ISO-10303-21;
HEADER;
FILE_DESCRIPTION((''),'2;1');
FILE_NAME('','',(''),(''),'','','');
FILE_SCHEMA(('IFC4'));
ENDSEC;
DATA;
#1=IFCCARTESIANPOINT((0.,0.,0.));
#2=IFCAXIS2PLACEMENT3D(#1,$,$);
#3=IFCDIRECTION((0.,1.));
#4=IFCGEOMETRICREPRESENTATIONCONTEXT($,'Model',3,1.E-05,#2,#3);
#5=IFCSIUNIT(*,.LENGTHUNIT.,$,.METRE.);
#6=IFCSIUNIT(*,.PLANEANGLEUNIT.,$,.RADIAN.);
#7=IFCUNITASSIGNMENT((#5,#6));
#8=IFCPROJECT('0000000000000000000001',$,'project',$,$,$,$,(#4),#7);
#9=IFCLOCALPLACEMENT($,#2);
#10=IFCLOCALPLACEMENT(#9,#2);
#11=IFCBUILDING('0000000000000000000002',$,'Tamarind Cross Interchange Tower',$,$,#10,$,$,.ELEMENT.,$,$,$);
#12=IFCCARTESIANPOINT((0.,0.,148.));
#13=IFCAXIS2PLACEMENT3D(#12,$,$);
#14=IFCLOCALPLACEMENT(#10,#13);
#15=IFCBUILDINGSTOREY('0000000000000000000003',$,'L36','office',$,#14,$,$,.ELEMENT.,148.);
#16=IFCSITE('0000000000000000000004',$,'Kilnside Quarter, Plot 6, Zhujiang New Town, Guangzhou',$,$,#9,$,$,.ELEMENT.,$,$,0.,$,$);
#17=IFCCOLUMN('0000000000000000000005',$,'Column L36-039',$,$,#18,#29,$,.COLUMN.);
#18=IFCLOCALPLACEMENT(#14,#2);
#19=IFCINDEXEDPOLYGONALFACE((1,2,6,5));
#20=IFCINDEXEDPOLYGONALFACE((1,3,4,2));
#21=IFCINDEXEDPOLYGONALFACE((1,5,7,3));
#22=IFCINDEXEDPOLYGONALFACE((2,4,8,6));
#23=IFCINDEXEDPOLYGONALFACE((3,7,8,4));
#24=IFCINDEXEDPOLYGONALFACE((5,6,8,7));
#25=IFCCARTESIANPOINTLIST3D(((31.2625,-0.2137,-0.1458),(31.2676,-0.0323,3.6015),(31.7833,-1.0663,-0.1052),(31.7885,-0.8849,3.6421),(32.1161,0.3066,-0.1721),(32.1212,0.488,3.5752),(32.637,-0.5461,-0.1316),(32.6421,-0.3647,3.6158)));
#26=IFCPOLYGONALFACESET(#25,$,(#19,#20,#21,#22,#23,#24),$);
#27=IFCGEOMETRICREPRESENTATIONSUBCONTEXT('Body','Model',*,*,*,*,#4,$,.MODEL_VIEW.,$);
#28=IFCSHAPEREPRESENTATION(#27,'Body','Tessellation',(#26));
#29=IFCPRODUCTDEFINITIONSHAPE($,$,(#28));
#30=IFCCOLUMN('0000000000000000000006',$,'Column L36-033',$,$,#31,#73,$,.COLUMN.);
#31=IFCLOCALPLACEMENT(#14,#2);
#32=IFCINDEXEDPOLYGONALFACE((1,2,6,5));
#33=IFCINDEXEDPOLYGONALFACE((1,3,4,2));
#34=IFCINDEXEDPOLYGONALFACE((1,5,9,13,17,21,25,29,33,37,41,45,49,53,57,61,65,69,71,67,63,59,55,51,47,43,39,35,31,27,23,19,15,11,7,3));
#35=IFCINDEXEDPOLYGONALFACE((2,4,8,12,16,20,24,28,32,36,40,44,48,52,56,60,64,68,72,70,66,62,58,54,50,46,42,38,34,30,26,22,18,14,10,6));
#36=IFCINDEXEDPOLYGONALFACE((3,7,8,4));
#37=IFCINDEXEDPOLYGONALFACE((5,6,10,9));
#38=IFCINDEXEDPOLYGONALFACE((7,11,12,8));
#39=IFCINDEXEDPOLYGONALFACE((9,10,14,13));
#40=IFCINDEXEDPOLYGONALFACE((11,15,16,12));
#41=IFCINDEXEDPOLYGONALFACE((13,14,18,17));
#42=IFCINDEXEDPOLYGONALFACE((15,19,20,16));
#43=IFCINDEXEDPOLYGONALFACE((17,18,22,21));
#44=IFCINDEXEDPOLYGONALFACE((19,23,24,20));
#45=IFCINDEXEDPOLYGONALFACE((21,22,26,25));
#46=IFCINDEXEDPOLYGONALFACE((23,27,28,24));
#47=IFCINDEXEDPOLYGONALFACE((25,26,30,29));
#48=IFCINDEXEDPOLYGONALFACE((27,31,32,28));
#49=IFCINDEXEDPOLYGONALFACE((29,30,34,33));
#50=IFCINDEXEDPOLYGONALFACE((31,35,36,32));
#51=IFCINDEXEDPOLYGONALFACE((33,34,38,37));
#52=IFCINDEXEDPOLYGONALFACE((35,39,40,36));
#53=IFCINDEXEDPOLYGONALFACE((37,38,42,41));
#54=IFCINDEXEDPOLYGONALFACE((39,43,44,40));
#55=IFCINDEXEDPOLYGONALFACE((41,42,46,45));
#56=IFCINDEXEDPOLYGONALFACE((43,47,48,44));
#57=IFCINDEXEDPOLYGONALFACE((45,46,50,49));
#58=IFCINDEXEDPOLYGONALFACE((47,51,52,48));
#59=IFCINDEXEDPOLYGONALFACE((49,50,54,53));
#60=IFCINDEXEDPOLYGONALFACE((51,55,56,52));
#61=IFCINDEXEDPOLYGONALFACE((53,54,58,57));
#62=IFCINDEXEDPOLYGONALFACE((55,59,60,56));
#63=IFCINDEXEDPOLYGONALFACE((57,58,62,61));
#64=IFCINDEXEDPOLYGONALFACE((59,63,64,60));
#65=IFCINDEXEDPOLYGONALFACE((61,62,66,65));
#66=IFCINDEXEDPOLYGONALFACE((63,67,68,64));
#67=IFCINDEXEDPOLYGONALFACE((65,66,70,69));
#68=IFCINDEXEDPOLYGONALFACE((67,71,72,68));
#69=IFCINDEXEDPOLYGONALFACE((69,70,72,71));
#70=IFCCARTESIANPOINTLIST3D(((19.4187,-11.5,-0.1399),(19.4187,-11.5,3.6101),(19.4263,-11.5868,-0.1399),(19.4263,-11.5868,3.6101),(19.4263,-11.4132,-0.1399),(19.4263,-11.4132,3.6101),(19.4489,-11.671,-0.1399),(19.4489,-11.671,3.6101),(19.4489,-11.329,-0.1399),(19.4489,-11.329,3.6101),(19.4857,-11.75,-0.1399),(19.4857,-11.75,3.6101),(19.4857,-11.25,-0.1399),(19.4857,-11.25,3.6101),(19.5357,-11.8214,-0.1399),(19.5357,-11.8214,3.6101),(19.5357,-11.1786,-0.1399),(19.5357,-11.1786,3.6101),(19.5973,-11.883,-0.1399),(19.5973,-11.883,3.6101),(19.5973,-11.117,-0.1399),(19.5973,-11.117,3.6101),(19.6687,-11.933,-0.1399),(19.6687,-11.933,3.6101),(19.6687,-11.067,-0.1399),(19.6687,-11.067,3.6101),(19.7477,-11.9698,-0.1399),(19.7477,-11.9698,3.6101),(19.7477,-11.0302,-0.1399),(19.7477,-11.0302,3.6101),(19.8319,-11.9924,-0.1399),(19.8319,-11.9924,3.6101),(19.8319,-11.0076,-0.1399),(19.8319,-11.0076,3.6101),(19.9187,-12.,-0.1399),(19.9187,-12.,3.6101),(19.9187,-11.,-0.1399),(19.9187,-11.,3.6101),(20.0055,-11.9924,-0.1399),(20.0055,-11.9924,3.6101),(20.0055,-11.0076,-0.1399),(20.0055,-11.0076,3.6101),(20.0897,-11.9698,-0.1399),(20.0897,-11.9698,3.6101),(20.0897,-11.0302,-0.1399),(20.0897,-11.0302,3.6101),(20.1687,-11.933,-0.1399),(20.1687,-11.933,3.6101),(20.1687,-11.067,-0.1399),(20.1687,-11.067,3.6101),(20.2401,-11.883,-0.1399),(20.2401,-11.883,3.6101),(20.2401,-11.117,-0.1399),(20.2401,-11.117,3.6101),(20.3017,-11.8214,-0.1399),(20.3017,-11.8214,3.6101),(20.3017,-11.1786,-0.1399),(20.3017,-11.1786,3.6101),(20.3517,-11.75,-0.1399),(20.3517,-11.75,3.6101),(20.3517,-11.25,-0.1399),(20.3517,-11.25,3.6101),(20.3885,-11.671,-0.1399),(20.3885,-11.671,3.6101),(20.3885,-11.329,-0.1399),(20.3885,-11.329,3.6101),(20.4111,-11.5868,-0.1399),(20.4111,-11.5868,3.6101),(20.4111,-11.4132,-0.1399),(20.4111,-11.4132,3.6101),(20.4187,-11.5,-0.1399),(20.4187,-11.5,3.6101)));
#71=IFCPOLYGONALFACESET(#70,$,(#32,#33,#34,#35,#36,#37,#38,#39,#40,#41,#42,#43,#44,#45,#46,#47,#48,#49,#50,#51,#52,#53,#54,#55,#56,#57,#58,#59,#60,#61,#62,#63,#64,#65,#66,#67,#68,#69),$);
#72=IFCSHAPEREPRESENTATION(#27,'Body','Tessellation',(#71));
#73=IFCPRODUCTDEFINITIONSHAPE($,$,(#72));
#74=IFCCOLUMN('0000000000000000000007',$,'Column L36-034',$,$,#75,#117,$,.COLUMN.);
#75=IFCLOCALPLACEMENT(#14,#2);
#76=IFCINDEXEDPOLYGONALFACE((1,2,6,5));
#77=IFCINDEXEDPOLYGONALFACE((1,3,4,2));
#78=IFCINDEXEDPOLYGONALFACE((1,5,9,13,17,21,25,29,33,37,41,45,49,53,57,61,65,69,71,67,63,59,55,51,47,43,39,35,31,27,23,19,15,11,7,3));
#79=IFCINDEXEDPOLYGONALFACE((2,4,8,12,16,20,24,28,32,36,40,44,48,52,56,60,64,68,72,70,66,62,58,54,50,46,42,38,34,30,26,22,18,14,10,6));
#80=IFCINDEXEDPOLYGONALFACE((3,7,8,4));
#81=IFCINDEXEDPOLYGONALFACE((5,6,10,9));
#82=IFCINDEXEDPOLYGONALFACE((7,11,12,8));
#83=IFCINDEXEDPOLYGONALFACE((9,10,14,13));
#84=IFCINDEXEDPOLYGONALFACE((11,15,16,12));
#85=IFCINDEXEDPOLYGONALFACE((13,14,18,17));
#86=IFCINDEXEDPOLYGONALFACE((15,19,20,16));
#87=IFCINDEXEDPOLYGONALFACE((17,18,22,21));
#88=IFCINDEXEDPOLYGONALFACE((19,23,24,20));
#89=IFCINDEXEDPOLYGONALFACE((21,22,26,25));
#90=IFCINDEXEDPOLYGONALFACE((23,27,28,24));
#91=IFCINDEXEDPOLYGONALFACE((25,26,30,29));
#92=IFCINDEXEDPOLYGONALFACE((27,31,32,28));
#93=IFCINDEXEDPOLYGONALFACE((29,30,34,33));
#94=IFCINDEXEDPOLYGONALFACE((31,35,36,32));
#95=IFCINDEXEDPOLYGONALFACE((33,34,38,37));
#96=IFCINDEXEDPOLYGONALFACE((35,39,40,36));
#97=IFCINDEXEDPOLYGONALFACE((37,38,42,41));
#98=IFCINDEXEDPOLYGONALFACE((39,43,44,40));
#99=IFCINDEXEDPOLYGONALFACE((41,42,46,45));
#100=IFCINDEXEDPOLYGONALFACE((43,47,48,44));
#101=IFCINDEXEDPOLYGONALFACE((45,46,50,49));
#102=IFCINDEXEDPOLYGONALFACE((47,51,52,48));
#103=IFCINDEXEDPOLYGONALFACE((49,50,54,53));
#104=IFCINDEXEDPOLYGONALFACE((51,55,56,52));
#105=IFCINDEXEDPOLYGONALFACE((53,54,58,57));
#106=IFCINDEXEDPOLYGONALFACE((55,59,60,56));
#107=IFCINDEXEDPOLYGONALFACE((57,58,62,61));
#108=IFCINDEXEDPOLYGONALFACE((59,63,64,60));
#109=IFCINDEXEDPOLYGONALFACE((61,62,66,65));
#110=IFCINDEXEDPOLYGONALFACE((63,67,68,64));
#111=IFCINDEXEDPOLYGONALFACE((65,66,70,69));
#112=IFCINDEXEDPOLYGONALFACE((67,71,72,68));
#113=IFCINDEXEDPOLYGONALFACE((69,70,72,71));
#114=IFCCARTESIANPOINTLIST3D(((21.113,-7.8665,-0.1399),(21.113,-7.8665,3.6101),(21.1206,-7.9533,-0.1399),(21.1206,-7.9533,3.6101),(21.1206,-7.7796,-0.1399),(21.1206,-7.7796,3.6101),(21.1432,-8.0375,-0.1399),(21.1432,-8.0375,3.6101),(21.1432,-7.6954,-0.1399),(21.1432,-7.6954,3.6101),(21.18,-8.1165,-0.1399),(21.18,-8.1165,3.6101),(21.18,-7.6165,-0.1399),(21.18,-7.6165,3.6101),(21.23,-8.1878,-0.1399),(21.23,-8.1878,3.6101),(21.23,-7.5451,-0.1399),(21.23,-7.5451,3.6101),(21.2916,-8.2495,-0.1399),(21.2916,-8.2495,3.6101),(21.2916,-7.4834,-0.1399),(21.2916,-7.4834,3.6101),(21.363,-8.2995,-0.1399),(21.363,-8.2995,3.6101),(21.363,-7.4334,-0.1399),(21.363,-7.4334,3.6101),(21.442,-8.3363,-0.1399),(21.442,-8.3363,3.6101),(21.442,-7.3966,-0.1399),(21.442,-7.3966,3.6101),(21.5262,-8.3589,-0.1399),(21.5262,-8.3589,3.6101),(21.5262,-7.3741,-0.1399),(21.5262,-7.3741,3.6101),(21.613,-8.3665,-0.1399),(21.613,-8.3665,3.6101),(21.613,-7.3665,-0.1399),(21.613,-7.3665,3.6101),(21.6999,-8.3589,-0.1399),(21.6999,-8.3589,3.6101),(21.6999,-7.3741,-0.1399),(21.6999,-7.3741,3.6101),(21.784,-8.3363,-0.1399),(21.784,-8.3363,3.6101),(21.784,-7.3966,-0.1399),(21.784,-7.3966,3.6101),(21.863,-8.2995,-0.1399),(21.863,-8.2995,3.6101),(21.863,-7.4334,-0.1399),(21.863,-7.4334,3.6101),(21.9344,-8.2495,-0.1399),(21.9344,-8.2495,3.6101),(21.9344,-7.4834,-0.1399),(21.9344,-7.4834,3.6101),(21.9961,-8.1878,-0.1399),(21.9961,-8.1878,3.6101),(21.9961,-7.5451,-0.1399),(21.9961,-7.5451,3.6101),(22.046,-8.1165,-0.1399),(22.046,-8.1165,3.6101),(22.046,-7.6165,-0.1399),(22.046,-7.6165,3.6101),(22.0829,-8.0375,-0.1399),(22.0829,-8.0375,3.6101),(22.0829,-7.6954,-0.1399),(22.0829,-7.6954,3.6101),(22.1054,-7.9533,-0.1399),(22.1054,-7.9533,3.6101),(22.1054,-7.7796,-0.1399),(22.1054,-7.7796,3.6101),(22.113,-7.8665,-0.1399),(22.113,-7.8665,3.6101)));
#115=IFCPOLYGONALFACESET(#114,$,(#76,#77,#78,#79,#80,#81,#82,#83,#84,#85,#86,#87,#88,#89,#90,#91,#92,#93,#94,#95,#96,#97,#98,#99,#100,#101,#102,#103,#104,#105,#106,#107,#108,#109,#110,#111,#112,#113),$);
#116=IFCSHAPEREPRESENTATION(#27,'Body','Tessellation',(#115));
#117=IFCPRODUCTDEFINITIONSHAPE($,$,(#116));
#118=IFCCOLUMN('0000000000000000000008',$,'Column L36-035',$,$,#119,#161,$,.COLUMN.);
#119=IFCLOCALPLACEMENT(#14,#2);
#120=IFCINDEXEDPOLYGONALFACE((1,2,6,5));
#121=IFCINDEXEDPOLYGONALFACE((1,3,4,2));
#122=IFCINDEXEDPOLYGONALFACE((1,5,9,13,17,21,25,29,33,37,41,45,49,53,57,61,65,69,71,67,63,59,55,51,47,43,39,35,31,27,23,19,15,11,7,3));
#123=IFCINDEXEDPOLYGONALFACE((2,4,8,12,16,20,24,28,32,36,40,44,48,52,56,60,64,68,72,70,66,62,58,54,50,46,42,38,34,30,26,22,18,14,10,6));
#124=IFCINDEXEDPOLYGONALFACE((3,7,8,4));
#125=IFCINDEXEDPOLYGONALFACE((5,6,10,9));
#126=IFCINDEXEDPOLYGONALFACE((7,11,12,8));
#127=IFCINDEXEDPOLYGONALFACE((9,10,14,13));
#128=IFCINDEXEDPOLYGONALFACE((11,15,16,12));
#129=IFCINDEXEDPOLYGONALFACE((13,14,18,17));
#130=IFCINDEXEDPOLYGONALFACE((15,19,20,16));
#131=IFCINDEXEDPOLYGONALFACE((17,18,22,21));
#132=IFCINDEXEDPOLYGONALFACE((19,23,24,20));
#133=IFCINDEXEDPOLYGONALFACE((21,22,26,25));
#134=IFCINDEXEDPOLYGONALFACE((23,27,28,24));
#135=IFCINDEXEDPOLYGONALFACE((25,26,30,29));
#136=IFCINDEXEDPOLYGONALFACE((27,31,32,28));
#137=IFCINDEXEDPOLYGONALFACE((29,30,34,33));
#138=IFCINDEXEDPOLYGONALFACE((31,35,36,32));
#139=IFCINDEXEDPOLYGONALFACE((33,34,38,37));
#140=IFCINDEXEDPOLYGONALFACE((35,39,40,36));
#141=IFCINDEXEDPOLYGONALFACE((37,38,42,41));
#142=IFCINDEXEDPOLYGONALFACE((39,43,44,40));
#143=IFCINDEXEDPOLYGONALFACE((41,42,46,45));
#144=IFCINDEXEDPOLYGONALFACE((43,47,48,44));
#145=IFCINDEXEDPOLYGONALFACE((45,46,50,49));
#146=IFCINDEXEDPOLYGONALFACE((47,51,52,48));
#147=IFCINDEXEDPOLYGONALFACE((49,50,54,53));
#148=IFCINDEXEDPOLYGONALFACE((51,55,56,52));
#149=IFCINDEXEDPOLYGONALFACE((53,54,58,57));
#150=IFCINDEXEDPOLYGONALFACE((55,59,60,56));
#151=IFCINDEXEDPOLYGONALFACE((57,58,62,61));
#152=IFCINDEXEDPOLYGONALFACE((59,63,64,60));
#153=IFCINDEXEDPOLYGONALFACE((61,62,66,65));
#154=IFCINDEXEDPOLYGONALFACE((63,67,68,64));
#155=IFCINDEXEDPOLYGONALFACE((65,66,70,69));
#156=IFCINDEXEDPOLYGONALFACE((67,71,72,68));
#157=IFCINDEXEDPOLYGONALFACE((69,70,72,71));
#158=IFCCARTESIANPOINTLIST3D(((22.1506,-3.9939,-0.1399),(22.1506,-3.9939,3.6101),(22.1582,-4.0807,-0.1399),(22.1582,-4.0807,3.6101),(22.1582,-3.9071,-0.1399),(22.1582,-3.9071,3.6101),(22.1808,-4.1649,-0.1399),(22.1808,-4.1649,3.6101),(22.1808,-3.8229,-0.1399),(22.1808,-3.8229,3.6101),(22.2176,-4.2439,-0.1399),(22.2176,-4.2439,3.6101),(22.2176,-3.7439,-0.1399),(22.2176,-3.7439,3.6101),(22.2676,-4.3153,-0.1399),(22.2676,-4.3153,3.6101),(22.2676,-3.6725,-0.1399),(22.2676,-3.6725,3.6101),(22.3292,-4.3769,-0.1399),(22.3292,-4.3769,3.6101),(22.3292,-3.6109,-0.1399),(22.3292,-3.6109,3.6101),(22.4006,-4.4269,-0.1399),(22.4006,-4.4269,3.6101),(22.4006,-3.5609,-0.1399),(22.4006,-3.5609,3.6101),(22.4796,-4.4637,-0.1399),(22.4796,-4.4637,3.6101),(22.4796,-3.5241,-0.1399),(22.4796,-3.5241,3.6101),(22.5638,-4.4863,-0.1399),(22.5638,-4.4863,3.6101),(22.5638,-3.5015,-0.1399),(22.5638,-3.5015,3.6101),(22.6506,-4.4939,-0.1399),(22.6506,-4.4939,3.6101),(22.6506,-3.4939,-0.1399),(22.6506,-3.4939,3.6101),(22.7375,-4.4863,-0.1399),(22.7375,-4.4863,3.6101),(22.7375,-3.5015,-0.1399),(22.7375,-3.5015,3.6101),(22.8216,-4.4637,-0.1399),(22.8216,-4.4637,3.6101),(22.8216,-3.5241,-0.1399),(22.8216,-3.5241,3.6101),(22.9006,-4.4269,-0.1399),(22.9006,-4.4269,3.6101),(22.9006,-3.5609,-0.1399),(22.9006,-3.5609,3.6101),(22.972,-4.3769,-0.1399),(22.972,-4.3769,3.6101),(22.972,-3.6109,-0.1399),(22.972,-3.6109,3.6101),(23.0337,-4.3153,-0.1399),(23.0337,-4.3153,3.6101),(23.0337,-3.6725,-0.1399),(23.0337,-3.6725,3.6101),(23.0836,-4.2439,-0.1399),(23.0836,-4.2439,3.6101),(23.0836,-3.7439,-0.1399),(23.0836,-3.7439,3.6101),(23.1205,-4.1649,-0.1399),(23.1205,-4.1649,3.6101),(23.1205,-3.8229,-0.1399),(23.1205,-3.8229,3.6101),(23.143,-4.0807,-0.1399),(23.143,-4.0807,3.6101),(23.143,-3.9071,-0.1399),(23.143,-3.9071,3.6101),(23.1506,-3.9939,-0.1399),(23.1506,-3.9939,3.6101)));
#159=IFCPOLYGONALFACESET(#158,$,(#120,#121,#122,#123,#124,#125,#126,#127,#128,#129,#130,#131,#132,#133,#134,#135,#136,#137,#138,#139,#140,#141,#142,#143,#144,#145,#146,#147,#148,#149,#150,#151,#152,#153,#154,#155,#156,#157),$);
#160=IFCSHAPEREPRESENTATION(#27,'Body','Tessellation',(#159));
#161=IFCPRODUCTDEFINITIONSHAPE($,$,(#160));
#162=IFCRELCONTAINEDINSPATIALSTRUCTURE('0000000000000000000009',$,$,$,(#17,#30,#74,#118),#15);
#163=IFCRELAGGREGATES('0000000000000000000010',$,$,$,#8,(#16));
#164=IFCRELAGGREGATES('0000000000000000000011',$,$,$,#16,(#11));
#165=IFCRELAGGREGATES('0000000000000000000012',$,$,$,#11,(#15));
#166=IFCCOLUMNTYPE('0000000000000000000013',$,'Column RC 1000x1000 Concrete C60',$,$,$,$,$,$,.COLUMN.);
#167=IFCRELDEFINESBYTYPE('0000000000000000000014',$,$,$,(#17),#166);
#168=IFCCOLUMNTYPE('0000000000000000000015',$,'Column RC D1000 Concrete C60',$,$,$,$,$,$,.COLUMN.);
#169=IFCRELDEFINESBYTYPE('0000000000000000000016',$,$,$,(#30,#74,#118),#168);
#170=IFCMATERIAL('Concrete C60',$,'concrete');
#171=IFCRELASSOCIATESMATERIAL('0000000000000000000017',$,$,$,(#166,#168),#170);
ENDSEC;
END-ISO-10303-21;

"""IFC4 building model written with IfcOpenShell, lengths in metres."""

from ifc_helpers import new_model, si_unit, direction, frame, origin, origin_2d, place, context, subcontext, project, spatial, rectangle, circle, extrude, material, material_profile, profile_set, type_object, element, save


model = new_model("IFC4")

# Units and contexts
model_context = context("Model", 3, precision=1e-05, world=origin(), true_north=direction((0.0, 1.0)))
body_context = subcontext(model_context, "Body", "Model", "MODEL_VIEW")
ifc_project = project(units=[si_unit("LENGTHUNIT", "METRE"), si_unit("PLANEANGLEUNIT", "RADIAN")], contexts=[model_context])

# Site, building, storey
site_placement = place(None, origin())
site = spatial("IfcSite", under=ifc_project, at=site_placement, Name="Kilnside Quarter, Plot 6, Zhujiang New Town, Guangzhou", CompositionType="ELEMENT", RefElevation=0.0)
building_placement = place(site_placement, origin())
building = spatial("IfcBuilding", under=site, at=building_placement, Name="Tamarind Cross Interchange Tower", CompositionType="ELEMENT")
storey_placement = place(building_placement, frame((0.0, 0.0, 148.0)))
storey = spatial("IfcBuildingStorey", under=building, at=storey_placement, Name="L36", Description="office", CompositionType="ELEMENT", Elevation=148.0)

# Columns
ifc_material_1 = material(Name="Concrete C60", Category="concrete")
ifc_material_profile_1 = material_profile(ifc_material_1, rectangle(XDim=1.0, YDim=1.0, at=origin_2d()), Name="RC 1000x1000")
ifc_profile_set_1 = profile_set([ifc_material_profile_1], Name="Concrete C60")
column_type_1 = type_object("IfcColumnType", Name="Column RC 1000x1000 Concrete C60", PredefinedType="COLUMN", material=ifc_profile_set_1)
column_placement = place(storey_placement, frame((31.9497, -0.3799, -0.1387), z_axis=(0.001367, 0.04835, 0.99883), x_axis=(-0.853632, -0.52021, 0.02635)))
element("IfcColumn", 1, at=column_placement, inside=storey, type_object=column_type_1, Name="Column L36-039", PredefinedType="COLUMN", context=body_context, shape_type="SweptSolid", body=[
    extrude(rectangle(XDim=1.0, YDim=1.0, at=origin_2d()), origin(), (0.0, 0.0, 1.0), 3.7517),
])
ifc_material_profile_2 = material_profile(ifc_material_1, circle(Radius=0.5, at=origin_2d()), Name="RC D1000")
ifc_profile_set_2 = profile_set([ifc_material_profile_2], Name="Concrete C60")
column_type_2 = type_object("IfcColumnType", Name="Column RC D1000 Concrete C60", PredefinedType="COLUMN", material=ifc_profile_set_2)
for number, where, z_axis, x_axis, name in (
    (2, (19.9187, -11.5, -0.1399), (0.0, 0.0, 1.0), (1.0, 0.0, 0.0), "Column L36-033"),
    (3, (21.613, -7.8665, -0.1399), (0.0, 0.0, 1.0), (1.0, 0.0, 0.0), "Column L36-034"),
    (4, (22.6506, -3.9939, -0.1399), (0.0, 0.0, 1.0), (1.0, 0.0, 0.0), "Column L36-035"),
):
    element("IfcColumn", number, at=place(storey_placement, frame(where, z_axis=z_axis, x_axis=x_axis)), inside=storey, type_object=column_type_2, Name=name, PredefinedType="COLUMN", context=body_context, shape_type="SweptSolid", body=[
        extrude(circle(Radius=0.5, at=origin_2d()), origin(), (0.0, 0.0, 1.0), 3.75),
    ])

save(model, "model.ifc")
